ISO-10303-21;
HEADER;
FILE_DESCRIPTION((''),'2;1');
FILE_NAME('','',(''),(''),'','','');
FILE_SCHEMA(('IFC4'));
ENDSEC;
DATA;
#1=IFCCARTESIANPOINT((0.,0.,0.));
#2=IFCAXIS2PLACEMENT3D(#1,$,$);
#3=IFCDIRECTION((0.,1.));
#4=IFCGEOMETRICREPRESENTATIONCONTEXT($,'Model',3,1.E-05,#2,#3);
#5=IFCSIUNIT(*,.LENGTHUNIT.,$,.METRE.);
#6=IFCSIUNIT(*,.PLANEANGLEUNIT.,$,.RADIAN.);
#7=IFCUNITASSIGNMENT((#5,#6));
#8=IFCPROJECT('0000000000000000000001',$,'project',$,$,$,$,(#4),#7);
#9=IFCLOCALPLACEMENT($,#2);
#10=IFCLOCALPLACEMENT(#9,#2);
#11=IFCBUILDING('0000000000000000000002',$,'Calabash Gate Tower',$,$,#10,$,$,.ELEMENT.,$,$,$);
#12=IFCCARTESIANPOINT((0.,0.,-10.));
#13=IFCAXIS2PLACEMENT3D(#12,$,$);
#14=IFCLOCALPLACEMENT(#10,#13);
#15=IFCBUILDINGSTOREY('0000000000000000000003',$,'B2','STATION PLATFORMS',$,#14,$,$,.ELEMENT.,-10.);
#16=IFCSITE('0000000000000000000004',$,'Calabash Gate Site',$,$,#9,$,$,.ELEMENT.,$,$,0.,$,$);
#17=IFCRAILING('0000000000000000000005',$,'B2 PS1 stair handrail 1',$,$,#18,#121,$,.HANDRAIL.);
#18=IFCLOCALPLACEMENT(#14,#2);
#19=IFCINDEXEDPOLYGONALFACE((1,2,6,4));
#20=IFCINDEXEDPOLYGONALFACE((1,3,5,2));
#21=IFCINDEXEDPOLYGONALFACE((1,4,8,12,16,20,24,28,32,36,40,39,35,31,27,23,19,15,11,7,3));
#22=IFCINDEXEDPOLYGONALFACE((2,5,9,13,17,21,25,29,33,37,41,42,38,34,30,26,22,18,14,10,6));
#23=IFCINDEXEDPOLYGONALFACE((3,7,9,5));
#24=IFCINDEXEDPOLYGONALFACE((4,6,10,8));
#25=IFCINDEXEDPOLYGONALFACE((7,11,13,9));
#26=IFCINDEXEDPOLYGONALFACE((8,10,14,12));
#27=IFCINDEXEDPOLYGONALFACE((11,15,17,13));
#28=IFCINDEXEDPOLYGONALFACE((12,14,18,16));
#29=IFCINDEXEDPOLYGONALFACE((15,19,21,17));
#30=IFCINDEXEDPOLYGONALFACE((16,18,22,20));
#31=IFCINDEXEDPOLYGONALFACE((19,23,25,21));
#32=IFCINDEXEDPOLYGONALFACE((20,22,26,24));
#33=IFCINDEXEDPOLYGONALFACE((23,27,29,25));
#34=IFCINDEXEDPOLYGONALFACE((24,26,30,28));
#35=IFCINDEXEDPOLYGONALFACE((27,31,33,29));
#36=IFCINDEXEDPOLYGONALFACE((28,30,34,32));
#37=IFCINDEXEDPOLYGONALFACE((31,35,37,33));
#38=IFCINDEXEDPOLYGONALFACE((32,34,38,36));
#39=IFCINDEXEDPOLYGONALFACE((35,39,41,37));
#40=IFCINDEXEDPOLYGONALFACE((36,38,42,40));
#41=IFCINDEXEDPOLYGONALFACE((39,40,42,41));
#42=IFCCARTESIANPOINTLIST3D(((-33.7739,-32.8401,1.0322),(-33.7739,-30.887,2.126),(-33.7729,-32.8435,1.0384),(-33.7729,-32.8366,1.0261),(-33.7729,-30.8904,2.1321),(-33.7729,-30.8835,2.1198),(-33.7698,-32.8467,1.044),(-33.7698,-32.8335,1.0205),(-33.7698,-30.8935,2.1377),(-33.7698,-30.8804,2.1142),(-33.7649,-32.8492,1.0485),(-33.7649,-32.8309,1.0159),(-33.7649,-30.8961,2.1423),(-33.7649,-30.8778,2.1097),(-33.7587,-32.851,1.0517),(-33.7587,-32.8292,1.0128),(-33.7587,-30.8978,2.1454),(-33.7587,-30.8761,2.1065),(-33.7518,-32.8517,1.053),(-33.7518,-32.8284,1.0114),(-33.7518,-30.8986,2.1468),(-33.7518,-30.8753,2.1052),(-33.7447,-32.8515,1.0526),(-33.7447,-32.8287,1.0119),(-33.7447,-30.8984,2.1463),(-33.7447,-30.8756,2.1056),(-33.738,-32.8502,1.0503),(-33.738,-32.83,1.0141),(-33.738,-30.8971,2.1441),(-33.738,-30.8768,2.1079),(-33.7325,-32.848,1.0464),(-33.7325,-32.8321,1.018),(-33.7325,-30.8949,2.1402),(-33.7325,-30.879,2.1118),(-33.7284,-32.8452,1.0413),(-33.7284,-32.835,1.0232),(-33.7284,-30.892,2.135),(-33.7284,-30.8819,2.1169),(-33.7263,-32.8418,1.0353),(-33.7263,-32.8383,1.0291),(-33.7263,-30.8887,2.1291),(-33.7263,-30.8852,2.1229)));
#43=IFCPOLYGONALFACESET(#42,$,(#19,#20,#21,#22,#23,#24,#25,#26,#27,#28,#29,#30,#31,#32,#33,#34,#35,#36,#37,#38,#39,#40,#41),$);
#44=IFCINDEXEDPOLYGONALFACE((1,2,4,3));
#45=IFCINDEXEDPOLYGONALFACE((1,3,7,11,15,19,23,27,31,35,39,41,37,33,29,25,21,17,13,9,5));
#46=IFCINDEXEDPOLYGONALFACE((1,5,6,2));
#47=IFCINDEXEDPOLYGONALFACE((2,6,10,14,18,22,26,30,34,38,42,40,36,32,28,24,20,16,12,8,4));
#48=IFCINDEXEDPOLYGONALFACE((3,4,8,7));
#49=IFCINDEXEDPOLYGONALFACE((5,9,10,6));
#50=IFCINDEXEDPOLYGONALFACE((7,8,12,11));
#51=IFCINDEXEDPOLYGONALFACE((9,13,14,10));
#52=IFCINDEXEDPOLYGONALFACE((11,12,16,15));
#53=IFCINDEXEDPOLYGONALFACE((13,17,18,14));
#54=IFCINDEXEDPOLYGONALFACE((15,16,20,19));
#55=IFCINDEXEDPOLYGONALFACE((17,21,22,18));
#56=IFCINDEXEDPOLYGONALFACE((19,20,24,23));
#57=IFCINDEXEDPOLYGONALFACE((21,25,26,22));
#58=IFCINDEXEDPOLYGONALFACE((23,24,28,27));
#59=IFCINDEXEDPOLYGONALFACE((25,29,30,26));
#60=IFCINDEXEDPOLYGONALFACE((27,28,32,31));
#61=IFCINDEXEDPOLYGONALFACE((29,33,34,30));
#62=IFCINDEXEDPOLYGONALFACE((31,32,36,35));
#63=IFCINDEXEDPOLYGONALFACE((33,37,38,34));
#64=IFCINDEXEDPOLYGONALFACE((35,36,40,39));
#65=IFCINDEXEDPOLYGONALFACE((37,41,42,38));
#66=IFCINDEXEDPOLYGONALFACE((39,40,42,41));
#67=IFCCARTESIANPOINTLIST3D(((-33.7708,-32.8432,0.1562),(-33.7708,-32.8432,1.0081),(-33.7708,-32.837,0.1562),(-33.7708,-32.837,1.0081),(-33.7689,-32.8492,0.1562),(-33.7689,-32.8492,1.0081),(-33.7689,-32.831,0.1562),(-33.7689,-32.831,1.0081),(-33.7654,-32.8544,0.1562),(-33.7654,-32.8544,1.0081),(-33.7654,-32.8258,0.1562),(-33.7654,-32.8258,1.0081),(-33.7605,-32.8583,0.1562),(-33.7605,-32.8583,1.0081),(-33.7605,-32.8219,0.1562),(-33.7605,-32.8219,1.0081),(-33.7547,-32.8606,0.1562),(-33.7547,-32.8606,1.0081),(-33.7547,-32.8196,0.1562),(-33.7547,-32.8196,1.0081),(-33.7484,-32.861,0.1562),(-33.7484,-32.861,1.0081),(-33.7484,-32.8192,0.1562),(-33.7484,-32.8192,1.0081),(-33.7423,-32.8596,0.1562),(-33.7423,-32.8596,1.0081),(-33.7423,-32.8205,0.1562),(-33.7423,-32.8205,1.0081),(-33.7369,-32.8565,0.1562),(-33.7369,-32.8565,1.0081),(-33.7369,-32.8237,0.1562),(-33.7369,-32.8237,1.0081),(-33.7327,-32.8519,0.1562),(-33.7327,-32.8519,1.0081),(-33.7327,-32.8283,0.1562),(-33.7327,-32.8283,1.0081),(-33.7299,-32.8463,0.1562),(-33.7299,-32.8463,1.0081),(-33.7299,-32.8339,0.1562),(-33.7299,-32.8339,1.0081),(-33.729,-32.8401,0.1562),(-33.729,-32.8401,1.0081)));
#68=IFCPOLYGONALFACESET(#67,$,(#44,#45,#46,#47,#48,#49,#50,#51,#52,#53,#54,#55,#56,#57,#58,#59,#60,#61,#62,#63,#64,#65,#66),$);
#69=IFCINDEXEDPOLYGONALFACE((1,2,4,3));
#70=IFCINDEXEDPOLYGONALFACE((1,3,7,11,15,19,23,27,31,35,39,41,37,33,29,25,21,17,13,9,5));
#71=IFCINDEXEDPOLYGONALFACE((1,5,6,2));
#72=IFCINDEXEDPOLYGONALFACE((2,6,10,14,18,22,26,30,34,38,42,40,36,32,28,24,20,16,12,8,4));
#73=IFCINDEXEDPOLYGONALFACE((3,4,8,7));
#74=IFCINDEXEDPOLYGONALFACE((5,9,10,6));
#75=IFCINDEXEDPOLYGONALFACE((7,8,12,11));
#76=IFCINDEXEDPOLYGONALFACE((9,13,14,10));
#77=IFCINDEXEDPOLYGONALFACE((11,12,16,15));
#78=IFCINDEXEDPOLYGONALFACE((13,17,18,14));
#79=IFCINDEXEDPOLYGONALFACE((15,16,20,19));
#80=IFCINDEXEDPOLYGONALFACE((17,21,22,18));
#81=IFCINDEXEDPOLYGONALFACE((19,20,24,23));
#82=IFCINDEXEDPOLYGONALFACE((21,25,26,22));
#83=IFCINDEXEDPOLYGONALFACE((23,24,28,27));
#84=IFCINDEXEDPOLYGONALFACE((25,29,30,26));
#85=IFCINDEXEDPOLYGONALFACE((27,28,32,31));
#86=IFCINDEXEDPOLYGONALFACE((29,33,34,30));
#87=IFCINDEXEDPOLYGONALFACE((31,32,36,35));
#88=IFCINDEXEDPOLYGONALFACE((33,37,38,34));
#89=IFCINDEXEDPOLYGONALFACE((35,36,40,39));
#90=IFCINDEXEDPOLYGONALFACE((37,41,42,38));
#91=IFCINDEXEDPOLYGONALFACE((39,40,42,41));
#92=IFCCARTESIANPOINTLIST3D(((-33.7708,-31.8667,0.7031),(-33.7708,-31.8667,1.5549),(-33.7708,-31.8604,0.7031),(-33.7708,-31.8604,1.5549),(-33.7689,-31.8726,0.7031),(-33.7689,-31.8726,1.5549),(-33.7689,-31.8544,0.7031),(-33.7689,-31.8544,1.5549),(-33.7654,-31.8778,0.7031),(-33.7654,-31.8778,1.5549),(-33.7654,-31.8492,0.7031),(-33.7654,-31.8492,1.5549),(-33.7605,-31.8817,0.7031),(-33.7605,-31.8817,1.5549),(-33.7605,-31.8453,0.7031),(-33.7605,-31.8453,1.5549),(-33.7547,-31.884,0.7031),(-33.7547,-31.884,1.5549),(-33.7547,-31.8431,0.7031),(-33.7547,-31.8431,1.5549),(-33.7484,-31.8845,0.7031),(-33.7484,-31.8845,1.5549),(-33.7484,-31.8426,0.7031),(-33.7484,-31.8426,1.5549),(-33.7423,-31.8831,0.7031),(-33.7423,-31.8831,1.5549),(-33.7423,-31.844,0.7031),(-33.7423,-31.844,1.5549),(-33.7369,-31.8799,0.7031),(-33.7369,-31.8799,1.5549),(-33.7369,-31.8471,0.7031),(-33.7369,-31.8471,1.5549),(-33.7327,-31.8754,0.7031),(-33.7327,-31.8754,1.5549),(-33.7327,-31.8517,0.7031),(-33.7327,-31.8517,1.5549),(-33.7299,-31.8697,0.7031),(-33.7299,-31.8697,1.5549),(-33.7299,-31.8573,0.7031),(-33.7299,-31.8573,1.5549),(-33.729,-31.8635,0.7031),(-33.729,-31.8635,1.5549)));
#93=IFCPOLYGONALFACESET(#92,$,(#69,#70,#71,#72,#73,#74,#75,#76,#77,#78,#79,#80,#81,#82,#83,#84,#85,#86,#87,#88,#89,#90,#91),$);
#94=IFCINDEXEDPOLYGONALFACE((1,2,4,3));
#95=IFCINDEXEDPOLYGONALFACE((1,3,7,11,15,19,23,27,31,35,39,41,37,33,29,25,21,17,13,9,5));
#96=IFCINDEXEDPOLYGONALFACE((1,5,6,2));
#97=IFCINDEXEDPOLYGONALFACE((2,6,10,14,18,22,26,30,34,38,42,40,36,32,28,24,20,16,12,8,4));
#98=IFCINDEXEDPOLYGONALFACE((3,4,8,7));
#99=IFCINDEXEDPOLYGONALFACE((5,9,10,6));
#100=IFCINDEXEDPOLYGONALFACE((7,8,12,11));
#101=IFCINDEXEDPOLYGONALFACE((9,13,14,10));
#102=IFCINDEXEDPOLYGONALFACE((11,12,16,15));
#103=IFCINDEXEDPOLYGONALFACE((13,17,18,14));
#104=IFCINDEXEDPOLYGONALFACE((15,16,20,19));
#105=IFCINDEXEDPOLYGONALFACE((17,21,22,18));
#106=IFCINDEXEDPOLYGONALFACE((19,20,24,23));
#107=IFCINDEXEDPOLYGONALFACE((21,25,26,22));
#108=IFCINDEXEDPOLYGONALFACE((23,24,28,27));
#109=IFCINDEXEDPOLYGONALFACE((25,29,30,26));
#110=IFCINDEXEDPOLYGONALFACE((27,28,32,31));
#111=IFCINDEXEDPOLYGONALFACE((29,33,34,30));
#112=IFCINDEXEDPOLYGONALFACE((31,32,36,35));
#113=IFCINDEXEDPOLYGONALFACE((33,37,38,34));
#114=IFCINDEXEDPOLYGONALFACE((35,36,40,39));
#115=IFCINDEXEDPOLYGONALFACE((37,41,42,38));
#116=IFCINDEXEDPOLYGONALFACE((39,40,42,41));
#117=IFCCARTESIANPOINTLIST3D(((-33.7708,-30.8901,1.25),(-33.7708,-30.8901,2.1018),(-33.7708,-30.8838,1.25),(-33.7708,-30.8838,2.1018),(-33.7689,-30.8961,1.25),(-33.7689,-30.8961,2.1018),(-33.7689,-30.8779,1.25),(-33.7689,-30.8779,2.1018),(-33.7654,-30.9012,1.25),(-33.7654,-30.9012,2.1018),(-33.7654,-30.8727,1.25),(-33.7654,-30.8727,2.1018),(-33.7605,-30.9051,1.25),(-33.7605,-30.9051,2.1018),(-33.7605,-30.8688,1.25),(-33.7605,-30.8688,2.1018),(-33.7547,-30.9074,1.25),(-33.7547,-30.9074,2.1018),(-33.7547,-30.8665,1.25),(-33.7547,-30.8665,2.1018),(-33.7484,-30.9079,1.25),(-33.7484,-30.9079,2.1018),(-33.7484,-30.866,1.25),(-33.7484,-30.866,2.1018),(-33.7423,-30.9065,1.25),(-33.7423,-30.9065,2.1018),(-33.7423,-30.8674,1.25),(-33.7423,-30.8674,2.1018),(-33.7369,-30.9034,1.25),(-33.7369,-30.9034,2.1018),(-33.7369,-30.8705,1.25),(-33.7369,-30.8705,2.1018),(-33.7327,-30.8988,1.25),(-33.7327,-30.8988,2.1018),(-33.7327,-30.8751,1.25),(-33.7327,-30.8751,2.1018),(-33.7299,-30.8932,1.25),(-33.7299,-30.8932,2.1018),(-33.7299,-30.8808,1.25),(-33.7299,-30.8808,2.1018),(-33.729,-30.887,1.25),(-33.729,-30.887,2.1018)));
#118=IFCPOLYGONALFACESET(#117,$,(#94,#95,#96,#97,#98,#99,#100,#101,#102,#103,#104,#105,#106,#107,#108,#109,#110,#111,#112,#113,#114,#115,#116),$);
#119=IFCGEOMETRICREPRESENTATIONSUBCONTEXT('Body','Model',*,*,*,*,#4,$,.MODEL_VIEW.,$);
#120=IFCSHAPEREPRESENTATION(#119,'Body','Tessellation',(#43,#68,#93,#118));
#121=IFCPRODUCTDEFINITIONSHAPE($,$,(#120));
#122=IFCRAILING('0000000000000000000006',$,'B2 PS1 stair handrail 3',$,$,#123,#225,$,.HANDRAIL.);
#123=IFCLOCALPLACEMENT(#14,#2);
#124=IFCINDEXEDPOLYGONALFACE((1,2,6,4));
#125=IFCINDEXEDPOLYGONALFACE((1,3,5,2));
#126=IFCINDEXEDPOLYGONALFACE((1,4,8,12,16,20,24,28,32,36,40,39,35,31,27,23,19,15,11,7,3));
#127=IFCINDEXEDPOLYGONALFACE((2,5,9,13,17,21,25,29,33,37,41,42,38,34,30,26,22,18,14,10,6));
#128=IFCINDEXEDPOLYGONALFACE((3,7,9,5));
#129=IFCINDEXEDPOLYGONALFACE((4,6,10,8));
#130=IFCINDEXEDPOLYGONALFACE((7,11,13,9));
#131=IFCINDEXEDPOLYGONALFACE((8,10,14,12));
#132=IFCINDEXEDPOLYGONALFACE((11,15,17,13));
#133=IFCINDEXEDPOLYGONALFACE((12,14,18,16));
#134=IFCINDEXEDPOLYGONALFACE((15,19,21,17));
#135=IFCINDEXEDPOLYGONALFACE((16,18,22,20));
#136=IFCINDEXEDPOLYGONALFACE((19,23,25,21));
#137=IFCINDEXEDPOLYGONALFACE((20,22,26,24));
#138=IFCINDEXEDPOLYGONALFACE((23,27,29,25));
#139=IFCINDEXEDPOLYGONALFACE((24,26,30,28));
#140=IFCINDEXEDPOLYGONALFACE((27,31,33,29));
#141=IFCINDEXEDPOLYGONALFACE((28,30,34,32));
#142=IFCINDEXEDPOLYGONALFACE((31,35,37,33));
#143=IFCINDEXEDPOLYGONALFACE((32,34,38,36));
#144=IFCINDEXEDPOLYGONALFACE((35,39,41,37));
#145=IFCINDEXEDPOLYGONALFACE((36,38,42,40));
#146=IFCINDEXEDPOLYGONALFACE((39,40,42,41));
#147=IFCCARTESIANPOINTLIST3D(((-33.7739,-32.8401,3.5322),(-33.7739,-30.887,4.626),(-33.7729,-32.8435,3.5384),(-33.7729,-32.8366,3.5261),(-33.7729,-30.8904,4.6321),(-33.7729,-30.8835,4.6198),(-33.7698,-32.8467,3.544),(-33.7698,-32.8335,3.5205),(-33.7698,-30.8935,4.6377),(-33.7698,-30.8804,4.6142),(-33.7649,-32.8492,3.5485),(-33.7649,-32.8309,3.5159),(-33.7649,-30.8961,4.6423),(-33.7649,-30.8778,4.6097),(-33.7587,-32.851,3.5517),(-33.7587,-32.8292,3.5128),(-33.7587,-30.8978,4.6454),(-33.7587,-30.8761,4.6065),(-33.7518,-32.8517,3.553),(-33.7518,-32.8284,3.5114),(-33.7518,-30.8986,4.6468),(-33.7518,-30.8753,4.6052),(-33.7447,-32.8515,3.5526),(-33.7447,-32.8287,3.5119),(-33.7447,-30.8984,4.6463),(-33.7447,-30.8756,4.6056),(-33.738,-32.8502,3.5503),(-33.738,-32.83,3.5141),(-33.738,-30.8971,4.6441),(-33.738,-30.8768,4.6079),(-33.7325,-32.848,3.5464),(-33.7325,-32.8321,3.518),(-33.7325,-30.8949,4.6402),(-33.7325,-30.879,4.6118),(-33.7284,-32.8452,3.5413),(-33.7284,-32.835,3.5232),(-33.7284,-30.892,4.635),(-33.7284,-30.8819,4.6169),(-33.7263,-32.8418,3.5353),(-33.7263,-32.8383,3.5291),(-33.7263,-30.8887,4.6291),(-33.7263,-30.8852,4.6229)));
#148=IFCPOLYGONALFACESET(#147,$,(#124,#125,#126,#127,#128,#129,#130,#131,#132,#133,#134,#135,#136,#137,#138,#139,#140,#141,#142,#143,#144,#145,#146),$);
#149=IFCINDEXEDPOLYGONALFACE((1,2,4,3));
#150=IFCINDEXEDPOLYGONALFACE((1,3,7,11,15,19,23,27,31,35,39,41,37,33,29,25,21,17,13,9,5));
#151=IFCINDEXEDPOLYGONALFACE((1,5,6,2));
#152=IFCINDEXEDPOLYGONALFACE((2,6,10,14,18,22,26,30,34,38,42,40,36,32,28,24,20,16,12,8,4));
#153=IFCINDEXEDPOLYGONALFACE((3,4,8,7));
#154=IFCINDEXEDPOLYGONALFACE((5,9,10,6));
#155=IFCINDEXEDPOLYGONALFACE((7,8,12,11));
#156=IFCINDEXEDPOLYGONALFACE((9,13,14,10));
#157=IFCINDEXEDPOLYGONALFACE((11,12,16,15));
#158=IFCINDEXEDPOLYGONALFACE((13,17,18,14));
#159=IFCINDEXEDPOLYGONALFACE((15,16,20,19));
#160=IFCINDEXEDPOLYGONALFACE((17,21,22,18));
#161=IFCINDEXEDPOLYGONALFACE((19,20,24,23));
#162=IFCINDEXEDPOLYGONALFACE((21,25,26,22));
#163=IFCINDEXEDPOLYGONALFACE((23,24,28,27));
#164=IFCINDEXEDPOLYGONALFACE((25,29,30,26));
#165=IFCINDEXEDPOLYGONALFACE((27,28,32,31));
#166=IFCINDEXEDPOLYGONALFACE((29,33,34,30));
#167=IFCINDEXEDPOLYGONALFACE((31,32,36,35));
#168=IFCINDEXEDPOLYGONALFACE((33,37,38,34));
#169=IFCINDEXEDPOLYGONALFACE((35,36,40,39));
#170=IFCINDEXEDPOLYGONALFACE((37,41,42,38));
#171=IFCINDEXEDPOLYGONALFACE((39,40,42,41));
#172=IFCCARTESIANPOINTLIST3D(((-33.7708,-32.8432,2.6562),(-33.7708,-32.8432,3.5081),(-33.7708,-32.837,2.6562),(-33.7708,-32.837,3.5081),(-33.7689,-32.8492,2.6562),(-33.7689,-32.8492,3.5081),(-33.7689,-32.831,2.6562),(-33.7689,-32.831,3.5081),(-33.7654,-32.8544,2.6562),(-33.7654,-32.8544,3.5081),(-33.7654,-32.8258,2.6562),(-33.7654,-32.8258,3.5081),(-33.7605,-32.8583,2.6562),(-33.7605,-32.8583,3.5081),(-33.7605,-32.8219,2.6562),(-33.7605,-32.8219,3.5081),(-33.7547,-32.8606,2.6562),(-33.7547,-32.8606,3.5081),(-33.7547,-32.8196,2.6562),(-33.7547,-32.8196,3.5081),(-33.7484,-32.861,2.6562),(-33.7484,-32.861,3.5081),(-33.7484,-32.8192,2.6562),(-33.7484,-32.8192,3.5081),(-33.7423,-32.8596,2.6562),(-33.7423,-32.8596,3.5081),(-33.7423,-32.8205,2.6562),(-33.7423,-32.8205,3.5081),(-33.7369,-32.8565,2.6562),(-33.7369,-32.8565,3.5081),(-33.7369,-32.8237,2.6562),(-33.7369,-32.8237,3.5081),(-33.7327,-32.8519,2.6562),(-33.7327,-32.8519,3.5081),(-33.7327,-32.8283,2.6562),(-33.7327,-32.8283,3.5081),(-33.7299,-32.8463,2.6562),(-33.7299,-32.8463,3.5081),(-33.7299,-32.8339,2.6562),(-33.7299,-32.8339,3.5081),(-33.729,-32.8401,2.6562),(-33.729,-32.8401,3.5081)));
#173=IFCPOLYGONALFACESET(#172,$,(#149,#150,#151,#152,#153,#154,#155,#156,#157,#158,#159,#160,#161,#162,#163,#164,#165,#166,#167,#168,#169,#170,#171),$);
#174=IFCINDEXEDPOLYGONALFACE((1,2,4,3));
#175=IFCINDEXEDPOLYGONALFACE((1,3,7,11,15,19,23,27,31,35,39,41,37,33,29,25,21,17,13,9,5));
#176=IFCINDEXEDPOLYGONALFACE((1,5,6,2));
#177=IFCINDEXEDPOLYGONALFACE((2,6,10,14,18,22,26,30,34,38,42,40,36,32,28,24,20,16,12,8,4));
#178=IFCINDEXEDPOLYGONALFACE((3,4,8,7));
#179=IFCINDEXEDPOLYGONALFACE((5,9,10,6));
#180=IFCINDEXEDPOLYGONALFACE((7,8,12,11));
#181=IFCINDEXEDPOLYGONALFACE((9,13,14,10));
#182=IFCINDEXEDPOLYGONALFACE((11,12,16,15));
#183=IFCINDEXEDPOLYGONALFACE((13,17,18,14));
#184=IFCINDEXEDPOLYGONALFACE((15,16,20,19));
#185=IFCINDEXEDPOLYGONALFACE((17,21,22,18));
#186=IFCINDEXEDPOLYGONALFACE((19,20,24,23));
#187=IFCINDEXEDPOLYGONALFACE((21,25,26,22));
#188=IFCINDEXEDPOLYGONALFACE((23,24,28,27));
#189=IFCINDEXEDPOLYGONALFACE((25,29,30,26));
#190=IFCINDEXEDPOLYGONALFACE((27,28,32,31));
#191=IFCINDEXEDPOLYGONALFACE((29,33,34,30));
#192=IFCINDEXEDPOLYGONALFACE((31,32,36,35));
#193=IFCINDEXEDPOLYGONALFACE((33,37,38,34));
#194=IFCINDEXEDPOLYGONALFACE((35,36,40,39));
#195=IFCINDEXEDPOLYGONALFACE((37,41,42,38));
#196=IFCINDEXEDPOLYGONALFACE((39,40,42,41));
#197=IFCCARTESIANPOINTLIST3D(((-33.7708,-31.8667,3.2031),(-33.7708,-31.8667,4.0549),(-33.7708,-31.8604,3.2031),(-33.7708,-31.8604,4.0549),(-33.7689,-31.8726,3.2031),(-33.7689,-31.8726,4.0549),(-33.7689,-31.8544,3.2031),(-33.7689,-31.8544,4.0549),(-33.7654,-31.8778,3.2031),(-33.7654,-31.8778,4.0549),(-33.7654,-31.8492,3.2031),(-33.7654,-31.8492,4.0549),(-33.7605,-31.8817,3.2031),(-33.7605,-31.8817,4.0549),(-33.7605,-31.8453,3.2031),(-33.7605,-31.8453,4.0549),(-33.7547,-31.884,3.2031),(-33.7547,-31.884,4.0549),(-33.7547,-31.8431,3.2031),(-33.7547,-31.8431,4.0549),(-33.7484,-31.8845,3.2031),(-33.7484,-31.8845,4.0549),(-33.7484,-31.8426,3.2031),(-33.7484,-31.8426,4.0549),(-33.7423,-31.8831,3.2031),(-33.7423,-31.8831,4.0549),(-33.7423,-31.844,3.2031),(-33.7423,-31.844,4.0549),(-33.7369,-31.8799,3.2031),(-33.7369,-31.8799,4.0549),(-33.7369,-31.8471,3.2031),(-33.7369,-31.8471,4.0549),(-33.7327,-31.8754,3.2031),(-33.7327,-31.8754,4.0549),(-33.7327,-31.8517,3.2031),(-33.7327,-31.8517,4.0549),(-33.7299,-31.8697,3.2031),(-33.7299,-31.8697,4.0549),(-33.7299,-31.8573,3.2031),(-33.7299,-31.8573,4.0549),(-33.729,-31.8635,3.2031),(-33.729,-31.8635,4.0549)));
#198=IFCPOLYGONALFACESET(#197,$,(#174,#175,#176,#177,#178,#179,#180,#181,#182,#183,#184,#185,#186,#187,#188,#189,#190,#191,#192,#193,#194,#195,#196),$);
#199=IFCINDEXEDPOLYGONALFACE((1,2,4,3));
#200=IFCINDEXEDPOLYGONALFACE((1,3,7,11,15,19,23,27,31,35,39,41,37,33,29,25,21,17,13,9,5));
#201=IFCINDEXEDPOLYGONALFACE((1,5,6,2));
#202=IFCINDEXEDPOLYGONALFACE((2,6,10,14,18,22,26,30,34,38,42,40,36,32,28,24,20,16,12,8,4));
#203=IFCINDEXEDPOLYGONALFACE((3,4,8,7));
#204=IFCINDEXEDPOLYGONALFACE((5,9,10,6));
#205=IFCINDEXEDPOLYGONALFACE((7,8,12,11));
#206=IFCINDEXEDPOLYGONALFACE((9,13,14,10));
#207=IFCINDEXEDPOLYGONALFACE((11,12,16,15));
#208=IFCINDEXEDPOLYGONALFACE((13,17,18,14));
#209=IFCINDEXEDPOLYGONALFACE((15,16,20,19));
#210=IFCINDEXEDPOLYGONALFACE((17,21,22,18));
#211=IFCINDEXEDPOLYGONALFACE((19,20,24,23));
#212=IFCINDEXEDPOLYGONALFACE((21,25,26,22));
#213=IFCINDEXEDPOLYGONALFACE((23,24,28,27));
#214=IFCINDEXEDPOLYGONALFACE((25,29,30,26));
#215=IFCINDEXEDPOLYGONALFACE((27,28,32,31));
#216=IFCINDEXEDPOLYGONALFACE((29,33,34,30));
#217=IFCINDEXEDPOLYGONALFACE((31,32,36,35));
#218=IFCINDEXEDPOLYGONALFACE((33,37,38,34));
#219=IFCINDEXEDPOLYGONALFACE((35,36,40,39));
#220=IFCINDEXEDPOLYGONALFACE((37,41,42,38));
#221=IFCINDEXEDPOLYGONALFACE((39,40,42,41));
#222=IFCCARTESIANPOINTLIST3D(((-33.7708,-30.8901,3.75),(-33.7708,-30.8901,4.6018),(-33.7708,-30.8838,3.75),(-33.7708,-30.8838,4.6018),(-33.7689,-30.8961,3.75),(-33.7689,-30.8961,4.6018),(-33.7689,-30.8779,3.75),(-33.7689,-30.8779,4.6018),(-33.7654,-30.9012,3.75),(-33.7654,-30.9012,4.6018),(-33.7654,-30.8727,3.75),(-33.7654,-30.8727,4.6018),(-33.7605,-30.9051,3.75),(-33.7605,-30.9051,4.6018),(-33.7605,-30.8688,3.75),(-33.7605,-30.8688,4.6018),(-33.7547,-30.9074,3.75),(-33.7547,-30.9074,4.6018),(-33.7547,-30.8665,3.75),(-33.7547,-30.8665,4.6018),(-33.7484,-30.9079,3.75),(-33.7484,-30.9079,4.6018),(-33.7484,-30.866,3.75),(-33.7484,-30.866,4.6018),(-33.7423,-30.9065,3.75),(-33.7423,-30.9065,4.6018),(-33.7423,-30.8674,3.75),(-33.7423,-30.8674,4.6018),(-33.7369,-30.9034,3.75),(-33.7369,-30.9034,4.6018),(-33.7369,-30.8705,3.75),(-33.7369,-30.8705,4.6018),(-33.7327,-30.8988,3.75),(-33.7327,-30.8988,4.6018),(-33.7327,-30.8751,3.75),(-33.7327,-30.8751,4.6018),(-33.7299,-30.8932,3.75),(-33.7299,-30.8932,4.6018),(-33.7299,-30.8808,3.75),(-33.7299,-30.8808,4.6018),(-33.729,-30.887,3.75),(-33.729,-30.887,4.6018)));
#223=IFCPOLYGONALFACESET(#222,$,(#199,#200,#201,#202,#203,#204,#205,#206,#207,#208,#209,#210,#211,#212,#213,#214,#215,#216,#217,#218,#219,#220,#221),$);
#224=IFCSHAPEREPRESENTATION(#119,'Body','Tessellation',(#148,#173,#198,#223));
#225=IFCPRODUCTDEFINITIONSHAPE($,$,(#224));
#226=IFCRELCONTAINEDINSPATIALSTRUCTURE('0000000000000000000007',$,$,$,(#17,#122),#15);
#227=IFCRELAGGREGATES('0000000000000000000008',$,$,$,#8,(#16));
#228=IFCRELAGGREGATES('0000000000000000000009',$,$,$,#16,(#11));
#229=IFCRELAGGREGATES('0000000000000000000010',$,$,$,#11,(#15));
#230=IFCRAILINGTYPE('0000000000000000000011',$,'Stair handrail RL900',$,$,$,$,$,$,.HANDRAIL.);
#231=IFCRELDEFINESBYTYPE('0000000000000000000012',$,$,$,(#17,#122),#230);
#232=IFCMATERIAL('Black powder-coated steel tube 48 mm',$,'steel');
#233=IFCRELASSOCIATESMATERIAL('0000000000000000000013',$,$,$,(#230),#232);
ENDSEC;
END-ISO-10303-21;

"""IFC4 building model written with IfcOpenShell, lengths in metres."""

from ifc_helpers import new_model, si_unit, direction, frame, origin, origin_2d, place, context, subcontext, project, spatial, circle, extrude, material, type_object, element, save


model = new_model("IFC4")

# Units and contexts
model_context = context("Model", 3, precision=1e-05, world=origin(), true_north=direction((0.0, 1.0)))
body_context = subcontext(model_context, "Body", "Model", "MODEL_VIEW")
ifc_project = project(units=[si_unit("LENGTHUNIT", "METRE"), si_unit("PLANEANGLEUNIT", "RADIAN")], contexts=[model_context])

# Site, building, storey
site_placement = place(None, origin())
site = spatial("IfcSite", under=ifc_project, at=site_placement, Name="Calabash Gate Site", CompositionType="ELEMENT", RefElevation=0.0)
building_placement = place(site_placement, origin())
building = spatial("IfcBuilding", under=site, at=building_placement, Name="Calabash Gate Tower", CompositionType="ELEMENT")
storey_placement = place(building_placement, frame((0.0, 0.0, -10.0)))
storey = spatial("IfcBuildingStorey", under=building, at=storey_placement, Name="B2", Description="STATION PLATFORMS", CompositionType="ELEMENT", Elevation=-10.0)

# Railings
ifc_material_1 = material(Name="Black powder-coated steel tube 48 mm", Category="steel")
railing_type_1 = type_object("IfcRailingType", Name="Stair handrail RL900", PredefinedType="HANDRAIL", material=ifc_material_1)
for number, where, name in (
    (1, (-33.75, -32.8401, 0.1562), "B2 PS1 stair handrail 1"),
    (2, (-33.75, -32.8401, 2.6562), "B2 PS1 stair handrail 3"),
):
    element("IfcRailing", number, at=place(storey_placement, frame(where)), inside=storey, type_object=railing_type_1, Name=name, PredefinedType="HANDRAIL", context=body_context, shape_type="SweptSolid", body=[
        extrude(circle(Radius=0.0239, at=origin_2d()), frame((0.0, 0.0, 0.876), z_axis=(0.0, 0.872506, 0.488603), x_axis=(-1.0, 0.0, 0.0)), (0.0, 0.0, 1.0), 2.2385),
        extrude(circle(Radius=0.021, at=origin_2d()), origin(), (0.0, 0.0, 1.0), 0.8518),
        extrude(circle(Radius=0.021, at=origin_2d()), frame((0.0, 0.9766, 0.5469)), (0.0, 0.0, 1.0), 0.8518),
        extrude(circle(Radius=0.021, at=origin_2d()), frame((0.0, 1.9531, 1.0938)), (0.0, 0.0, 1.0), 0.8518),
    ])

save(model, "model.ifc")
